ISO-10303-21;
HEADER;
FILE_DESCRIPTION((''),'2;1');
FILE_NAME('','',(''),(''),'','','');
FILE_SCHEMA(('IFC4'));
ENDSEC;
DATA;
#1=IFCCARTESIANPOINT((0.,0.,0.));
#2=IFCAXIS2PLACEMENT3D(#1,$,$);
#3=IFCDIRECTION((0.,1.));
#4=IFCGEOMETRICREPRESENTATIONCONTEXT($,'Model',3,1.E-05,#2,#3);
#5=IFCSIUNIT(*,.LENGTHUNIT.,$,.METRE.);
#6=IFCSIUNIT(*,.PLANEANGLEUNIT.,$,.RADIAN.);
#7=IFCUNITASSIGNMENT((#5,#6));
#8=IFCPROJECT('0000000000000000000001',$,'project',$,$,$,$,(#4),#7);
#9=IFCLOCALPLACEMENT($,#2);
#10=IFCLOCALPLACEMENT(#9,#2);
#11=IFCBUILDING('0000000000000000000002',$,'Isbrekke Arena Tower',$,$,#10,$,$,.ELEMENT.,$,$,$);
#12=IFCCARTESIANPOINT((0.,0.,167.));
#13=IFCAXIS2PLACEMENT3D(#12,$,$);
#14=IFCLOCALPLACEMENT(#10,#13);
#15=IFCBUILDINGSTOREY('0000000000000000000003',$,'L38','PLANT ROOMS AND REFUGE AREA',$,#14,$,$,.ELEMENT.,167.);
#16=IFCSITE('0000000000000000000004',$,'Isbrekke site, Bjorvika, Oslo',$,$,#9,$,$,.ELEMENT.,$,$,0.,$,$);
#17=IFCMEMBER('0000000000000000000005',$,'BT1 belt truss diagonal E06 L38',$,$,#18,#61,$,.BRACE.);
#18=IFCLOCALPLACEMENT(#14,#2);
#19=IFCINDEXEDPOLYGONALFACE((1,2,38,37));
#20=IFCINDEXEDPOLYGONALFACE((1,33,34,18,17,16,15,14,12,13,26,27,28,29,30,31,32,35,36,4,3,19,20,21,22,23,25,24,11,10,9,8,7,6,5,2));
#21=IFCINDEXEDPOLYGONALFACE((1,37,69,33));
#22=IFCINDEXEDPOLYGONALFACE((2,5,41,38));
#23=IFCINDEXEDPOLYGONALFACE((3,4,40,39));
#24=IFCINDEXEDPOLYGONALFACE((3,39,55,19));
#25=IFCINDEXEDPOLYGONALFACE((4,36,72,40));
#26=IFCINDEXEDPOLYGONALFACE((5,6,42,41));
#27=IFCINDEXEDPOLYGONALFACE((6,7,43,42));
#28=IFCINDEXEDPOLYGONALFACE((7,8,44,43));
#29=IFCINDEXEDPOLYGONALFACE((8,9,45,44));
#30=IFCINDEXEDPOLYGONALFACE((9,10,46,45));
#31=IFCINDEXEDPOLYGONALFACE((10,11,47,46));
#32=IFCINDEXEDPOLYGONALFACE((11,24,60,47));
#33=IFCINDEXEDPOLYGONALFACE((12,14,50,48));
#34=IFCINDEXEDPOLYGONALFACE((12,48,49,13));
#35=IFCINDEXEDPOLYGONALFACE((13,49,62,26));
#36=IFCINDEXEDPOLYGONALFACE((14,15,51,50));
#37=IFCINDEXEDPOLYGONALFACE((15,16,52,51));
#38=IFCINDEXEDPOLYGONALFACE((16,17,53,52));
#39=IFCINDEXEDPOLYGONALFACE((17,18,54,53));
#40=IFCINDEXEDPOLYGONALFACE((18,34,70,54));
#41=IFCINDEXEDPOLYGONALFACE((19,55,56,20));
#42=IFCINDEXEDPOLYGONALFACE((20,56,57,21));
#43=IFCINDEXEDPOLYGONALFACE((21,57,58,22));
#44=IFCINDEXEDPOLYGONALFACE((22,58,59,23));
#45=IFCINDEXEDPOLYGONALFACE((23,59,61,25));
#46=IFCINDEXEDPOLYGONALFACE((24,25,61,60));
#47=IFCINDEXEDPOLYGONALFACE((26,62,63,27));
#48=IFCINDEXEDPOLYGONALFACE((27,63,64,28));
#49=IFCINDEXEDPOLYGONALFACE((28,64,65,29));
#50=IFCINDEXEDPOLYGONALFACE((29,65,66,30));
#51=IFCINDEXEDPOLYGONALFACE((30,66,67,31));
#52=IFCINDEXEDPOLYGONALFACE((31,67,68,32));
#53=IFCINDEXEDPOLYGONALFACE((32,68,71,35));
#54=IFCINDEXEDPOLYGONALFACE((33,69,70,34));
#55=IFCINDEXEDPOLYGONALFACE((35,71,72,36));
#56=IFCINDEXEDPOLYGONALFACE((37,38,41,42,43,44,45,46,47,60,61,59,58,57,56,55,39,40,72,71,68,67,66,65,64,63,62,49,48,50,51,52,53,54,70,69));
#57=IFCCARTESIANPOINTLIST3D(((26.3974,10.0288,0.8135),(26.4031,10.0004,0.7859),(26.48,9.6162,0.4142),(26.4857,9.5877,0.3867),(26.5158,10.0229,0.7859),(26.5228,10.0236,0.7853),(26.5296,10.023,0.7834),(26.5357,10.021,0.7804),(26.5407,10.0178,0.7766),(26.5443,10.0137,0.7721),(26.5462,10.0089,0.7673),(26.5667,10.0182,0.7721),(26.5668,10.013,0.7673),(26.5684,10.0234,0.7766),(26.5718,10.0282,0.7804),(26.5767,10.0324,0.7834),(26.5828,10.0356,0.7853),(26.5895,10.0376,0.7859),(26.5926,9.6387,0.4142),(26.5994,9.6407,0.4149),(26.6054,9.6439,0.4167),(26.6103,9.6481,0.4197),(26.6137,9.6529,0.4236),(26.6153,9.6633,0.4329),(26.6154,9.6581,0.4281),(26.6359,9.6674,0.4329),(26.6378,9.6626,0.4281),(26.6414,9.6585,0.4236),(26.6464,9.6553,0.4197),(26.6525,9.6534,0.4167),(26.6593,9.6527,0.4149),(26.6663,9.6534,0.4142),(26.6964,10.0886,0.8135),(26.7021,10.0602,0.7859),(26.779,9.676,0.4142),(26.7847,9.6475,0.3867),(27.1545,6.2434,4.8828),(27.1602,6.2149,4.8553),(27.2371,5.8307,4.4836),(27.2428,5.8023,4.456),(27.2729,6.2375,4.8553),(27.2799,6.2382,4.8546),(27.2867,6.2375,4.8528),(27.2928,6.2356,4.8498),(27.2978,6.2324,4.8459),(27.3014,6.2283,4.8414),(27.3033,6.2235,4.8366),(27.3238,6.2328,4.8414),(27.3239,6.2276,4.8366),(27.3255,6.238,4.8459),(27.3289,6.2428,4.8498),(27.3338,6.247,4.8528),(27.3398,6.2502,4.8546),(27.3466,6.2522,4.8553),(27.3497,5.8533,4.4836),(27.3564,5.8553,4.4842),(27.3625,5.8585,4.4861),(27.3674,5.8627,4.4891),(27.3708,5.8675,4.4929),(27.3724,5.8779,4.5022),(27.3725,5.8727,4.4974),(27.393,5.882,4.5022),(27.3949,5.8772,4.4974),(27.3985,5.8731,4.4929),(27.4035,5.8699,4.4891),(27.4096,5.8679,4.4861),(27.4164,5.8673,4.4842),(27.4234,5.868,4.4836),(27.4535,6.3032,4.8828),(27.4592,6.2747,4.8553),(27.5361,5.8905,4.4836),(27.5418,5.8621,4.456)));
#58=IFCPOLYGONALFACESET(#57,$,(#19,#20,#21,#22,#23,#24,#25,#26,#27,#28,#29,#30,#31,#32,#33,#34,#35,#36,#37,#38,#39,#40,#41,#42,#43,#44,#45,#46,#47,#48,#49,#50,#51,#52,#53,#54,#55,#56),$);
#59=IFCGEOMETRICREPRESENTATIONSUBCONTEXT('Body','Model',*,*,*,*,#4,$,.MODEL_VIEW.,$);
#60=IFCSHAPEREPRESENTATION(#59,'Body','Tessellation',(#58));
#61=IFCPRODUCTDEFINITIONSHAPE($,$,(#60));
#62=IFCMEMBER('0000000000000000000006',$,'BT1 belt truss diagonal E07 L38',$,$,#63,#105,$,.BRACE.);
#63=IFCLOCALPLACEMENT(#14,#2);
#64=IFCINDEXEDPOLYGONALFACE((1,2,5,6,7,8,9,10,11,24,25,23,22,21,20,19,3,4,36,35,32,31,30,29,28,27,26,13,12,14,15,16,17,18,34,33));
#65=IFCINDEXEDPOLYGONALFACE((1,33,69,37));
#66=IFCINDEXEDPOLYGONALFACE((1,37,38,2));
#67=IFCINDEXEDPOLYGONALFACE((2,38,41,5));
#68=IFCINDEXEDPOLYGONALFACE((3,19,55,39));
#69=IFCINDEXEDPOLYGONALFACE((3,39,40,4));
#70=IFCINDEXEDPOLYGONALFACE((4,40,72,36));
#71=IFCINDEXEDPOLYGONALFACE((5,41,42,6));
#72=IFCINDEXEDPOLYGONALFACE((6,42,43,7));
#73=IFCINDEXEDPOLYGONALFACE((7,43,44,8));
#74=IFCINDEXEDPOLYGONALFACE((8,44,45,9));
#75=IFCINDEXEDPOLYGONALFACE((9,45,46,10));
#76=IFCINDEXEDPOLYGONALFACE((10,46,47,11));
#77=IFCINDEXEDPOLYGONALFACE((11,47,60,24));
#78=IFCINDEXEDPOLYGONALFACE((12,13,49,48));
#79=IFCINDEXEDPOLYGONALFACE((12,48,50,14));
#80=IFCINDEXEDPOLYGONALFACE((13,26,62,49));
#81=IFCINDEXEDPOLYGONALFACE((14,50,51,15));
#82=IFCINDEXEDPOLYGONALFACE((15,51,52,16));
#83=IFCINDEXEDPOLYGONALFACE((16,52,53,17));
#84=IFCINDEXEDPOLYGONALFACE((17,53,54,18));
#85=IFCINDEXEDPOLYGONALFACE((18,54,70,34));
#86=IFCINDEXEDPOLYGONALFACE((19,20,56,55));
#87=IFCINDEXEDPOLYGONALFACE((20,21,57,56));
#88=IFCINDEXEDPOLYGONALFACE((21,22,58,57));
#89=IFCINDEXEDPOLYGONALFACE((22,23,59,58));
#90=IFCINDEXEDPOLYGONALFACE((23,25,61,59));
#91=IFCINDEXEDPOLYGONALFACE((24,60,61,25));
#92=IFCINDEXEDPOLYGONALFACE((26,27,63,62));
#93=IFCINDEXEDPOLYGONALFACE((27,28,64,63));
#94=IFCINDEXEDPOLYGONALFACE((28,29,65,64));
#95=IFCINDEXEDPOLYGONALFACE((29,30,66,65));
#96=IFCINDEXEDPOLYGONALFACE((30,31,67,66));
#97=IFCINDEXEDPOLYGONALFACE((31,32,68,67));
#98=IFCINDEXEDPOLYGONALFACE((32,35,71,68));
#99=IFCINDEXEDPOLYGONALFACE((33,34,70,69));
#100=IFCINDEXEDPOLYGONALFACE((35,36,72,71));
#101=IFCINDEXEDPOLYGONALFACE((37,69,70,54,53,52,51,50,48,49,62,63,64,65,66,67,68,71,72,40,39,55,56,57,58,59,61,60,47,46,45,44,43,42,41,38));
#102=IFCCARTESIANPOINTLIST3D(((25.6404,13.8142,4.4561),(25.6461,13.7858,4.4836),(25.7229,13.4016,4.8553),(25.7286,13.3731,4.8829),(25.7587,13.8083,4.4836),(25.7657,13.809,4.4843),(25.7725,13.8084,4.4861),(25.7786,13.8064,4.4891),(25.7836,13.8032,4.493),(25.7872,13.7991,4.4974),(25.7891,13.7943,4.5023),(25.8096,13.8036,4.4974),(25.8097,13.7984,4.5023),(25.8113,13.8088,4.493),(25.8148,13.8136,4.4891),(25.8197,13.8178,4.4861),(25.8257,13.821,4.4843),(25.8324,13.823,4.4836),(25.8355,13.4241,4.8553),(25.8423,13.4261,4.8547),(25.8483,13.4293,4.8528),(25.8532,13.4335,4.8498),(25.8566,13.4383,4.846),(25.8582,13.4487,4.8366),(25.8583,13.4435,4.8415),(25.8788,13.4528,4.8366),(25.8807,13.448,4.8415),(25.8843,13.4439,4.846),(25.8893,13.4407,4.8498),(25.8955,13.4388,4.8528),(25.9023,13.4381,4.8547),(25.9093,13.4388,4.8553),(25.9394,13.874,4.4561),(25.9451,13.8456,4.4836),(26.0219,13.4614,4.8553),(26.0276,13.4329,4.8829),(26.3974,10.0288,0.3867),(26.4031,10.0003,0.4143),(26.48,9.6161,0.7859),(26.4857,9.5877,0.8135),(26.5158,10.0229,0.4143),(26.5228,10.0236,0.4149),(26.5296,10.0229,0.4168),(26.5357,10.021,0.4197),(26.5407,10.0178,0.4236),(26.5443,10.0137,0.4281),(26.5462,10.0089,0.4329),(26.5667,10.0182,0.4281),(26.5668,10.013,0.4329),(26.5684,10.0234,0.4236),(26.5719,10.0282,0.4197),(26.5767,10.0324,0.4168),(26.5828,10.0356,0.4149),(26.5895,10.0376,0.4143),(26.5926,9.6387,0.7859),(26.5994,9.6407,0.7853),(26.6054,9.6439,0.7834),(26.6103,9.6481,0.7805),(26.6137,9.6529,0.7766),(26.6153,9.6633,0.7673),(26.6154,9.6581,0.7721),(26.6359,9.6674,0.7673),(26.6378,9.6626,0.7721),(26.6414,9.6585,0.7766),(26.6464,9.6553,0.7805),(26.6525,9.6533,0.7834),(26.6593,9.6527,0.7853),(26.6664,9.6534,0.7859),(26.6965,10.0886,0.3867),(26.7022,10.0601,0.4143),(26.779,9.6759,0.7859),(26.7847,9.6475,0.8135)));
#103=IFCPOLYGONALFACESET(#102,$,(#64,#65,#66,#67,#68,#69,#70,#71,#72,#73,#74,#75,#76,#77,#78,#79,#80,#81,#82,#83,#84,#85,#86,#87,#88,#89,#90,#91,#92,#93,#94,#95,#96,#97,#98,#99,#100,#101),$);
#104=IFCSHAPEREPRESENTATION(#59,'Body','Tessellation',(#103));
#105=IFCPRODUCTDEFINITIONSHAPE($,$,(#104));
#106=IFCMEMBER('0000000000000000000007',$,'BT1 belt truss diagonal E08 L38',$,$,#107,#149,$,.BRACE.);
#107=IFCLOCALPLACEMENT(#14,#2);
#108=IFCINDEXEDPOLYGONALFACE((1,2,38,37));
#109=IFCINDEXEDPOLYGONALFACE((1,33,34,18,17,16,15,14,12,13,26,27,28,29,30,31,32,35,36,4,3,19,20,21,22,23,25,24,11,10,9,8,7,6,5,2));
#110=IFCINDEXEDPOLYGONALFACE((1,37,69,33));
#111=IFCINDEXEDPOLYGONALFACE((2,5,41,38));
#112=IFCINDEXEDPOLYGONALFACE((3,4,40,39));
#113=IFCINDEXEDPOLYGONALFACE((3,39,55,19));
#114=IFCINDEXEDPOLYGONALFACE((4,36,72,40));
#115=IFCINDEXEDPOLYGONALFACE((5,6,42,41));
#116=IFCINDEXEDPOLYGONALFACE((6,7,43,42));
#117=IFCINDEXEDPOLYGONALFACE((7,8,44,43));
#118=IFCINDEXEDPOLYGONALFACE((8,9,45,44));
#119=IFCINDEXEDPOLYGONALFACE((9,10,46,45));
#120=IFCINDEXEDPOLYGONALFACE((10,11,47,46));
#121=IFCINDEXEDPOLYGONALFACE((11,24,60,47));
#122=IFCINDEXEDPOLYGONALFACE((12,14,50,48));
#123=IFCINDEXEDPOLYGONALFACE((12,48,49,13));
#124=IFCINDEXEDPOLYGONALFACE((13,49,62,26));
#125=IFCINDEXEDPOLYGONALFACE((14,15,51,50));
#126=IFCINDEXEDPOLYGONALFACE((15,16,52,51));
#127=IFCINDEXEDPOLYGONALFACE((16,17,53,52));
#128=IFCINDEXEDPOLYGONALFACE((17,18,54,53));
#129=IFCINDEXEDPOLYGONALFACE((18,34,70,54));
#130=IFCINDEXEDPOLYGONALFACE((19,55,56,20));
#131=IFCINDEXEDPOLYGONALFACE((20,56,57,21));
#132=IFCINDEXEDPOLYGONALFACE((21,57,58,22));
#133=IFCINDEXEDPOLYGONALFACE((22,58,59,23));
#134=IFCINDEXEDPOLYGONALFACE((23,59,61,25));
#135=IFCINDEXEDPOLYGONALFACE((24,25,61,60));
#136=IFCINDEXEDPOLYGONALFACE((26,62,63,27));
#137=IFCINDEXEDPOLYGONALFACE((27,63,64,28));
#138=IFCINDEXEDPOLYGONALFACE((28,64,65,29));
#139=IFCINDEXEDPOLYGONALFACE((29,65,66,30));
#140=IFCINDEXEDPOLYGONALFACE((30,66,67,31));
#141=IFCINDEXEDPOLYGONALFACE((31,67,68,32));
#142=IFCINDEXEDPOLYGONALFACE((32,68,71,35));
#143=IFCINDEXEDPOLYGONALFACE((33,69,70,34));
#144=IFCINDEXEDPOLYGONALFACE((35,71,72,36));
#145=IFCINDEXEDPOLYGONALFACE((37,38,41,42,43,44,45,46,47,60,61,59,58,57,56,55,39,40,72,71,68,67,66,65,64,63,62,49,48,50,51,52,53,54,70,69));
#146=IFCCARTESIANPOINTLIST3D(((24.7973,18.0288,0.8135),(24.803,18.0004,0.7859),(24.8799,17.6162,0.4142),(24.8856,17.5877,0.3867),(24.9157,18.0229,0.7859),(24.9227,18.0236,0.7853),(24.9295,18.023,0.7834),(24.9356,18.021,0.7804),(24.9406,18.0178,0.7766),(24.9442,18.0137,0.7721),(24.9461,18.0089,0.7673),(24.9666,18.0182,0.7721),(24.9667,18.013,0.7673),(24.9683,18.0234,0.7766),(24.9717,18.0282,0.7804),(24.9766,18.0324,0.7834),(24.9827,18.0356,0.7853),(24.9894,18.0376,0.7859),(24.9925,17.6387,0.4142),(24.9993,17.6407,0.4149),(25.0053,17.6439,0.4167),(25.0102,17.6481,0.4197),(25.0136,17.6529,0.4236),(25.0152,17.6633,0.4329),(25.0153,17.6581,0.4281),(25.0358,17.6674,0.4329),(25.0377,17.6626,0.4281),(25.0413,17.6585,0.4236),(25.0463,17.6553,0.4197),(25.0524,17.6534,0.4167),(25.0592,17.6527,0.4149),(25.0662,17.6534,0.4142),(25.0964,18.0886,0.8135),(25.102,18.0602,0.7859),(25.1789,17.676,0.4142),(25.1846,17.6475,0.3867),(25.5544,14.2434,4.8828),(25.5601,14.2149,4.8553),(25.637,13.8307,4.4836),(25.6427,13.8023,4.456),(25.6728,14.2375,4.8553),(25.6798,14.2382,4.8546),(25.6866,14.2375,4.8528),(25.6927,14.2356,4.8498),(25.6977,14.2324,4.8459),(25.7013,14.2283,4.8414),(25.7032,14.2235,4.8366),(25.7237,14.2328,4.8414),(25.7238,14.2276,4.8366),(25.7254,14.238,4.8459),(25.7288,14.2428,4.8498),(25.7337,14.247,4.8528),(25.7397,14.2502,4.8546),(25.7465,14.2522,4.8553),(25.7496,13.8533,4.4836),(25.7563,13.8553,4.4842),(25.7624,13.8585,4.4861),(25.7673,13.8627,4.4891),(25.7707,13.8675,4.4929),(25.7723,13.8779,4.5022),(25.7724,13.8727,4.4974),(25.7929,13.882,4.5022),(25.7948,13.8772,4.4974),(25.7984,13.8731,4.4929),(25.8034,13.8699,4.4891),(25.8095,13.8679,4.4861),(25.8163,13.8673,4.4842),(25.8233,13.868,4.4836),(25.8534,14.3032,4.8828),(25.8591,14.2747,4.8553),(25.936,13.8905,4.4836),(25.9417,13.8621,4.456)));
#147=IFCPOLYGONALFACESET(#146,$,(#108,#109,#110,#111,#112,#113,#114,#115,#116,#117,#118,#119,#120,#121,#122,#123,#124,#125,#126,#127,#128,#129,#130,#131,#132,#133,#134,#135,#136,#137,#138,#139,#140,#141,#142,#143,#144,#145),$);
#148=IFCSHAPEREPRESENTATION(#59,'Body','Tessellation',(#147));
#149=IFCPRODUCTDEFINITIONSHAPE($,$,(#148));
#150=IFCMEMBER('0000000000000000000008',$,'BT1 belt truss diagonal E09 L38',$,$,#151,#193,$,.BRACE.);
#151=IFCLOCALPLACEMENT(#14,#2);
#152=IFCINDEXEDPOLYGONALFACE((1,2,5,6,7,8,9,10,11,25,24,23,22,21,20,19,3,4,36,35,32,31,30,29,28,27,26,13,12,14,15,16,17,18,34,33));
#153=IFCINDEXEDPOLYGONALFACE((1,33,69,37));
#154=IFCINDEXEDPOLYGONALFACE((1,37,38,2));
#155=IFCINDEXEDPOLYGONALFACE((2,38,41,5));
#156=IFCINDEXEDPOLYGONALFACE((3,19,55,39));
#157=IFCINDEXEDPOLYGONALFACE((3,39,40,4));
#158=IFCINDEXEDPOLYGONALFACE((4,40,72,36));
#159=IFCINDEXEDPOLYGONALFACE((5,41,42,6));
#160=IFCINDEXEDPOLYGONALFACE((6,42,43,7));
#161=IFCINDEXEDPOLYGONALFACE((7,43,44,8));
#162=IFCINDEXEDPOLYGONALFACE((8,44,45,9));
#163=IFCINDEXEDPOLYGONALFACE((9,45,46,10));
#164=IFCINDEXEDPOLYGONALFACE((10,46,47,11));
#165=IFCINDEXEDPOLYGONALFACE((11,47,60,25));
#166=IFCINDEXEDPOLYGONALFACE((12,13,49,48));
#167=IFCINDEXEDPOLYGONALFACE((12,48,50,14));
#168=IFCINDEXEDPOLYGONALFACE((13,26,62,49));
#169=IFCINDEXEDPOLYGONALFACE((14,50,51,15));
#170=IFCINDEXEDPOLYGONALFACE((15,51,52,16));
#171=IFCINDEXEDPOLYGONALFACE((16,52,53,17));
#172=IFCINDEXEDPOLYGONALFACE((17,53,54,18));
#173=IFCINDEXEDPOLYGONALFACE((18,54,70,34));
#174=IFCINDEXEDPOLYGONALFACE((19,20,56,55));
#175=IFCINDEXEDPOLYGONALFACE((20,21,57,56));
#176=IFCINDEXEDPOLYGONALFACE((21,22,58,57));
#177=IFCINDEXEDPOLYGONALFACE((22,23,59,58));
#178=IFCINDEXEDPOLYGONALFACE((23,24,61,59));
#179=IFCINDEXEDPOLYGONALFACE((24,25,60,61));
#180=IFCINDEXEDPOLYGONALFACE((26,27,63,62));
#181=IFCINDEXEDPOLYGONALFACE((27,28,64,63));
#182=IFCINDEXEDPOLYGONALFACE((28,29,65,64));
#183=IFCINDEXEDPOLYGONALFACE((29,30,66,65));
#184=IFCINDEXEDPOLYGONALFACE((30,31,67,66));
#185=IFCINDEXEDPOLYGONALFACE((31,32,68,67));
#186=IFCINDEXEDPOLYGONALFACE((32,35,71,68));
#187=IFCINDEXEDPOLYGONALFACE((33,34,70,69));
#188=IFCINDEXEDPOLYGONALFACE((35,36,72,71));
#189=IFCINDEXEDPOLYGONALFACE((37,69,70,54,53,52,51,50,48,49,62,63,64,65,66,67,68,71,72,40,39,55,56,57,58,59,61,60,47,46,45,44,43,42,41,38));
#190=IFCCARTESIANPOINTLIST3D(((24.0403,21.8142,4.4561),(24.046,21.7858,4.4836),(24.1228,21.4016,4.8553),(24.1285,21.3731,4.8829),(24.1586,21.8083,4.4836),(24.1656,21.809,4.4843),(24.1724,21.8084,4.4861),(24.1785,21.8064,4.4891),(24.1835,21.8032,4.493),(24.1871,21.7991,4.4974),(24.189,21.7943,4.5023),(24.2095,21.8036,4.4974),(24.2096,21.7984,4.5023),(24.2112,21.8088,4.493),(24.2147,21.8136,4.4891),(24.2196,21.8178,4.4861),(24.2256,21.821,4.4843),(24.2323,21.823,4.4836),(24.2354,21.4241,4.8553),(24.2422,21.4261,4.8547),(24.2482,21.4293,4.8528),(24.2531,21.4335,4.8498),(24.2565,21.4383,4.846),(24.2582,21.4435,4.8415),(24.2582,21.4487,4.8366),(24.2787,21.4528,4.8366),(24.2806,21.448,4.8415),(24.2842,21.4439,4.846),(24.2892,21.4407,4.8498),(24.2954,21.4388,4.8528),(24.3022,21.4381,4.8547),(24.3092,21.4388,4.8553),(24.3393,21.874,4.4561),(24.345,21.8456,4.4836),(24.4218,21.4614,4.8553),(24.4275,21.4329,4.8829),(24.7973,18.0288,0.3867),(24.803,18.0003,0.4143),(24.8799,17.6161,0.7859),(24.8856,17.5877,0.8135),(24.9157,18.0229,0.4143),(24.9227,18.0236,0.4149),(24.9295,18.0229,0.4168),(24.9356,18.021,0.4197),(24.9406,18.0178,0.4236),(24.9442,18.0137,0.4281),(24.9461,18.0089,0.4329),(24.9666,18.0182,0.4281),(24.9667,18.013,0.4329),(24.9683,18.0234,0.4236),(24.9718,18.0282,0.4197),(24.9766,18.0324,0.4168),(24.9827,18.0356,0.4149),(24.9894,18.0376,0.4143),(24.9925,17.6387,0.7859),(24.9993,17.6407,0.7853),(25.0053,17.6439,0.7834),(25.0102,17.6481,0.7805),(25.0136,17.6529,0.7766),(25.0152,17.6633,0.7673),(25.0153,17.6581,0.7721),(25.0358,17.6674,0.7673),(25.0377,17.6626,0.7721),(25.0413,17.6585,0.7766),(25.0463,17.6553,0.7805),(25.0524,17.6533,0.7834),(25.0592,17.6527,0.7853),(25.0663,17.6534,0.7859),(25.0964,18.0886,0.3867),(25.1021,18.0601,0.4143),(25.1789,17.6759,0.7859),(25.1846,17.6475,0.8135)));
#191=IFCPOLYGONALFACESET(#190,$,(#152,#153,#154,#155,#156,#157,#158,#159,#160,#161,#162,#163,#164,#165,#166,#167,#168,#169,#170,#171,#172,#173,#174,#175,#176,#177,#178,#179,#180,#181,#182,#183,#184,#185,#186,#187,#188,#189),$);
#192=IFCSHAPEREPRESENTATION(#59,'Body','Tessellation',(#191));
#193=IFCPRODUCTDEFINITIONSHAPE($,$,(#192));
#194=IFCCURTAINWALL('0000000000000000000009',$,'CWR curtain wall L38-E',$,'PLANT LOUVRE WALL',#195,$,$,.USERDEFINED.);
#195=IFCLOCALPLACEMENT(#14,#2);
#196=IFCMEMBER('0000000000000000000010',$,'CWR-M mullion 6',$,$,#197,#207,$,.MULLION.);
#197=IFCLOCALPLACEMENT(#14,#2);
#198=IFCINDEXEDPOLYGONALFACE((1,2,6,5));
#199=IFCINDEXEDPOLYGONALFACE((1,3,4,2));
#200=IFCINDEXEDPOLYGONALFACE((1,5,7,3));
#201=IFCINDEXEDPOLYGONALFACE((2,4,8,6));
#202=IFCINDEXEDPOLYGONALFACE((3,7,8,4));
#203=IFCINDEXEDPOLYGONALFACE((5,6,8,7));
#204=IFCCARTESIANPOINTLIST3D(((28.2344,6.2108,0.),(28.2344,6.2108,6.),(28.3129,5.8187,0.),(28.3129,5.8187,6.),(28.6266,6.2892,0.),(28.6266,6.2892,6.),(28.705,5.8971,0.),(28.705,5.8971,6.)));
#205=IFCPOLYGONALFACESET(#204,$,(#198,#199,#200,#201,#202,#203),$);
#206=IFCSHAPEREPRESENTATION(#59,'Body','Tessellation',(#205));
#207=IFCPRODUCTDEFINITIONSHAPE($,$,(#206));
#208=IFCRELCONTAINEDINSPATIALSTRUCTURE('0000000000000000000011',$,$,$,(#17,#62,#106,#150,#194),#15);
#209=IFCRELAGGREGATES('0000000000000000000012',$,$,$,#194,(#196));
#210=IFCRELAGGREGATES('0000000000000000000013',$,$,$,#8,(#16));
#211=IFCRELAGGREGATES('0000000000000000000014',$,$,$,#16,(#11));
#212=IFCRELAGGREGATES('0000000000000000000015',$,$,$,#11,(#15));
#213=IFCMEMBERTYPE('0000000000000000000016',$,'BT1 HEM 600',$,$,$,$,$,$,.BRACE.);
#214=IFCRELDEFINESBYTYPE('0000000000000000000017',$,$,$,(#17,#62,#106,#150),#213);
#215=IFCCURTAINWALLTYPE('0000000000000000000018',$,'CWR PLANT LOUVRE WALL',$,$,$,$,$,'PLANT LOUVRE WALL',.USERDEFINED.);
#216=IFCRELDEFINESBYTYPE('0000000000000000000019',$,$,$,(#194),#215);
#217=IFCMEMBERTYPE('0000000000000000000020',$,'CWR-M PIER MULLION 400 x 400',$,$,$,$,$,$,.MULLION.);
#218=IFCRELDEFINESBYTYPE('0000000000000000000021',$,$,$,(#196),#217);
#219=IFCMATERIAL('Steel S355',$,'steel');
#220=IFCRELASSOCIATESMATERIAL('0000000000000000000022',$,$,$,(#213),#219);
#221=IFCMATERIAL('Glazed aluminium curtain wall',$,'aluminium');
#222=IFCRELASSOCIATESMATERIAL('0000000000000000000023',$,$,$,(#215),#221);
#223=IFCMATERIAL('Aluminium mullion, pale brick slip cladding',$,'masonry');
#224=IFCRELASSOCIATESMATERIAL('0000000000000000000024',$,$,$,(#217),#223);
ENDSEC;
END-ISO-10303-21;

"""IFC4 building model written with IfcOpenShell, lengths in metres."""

from ifc_helpers import new_model, si_unit, direction, frame, origin, origin_2d, place, context, subcontext, project, spatial, rectangle, i_section, extrude, material, material_profile, profile_set, type_object, element, aggregate, save


model = new_model("IFC4")

# Units and contexts
model_context = context("Model", 3, precision=1e-05, world=origin(), true_north=direction((0.0, 1.0)))
body_context = subcontext(model_context, "Body", "Model", "MODEL_VIEW")
ifc_project = project(units=[si_unit("LENGTHUNIT", "METRE"), si_unit("PLANEANGLEUNIT", "RADIAN")], contexts=[model_context])

# Site, building, storey
site_placement = place(None, origin())
site = spatial("IfcSite", under=ifc_project, at=site_placement, Name="Isbrekke site, Bjorvika, Oslo", CompositionType="ELEMENT", RefElevation=0.0)
building_placement = place(site_placement, origin())
building = spatial("IfcBuilding", under=site, at=building_placement, Name="Isbrekke Arena Tower", CompositionType="ELEMENT")
storey_placement = place(building_placement, frame((0.0, 0.0, 167.0)))
storey = spatial("IfcBuildingStorey", under=building, at=storey_placement, Name="L38", Description="PLANT ROOMS AND REFUGE AREA", CompositionType="ELEMENT", Elevation=167.0)

# Members
ifc_material_1 = material(Name="Steel S355", Category="steel")
ifc_material_profile_1 = material_profile(ifc_material_1, i_section(OverallWidth=0.3049, OverallDepth=0.6201, WebThickness=0.021, FlangeThickness=0.04, FilletRadius=0.0271, at=origin_2d()), Name="HEM 600")
ifc_profile_set_1 = profile_set([ifc_material_profile_1], Name="Steel S355")
member_type_1 = type_object("IfcMemberType", Name="BT1 HEM 600", PredefinedType="BRACE", material=ifc_profile_set_1)
for number, where, z_axis, x_axis, name in (
    (1, (27.3481, 6.0527, 4.6694), (-0.134974, 0.674869, -0.725489), (-0.980581, -0.196116, 0.0), "BT1 belt truss diagonal E06 L38"),
    (2, (26.5911, 9.8381, 0.6001), (-0.134974, 0.674869, 0.725489), (-0.980581, -0.196116, 0.0), "BT1 belt truss diagonal E07 L38"),
    (3, (25.748, 14.0527, 4.6694), (-0.134974, 0.674869, -0.725489), (-0.980581, -0.196116, 0.0), "BT1 belt truss diagonal E08 L38"),
    (4, (24.991, 17.8381, 0.6001), (-0.134974, 0.674869, 0.725489), (-0.980581, -0.196116, 0.0), "BT1 belt truss diagonal E09 L38"),
):
    element("IfcMember", number, at=place(storey_placement, frame(where, z_axis=z_axis, x_axis=x_axis)), inside=storey, type_object=member_type_1, Name=name, PredefinedType="BRACE", context=body_context, shape_type="SweptSolid", body=[
        extrude(i_section(OverallWidth=0.3049, OverallDepth=0.6201, WebThickness=0.021, FlangeThickness=0.04, FilletRadius=0.0271, at=origin_2d()), origin(), (0.0, 0.0, 1.0), 5.6091),
    ])

# Curtain wall, member
ifc_material_2 = material(Name="Glazed aluminium curtain wall", Category="aluminium")
curtain_wall_type = type_object("IfcCurtainWallType", Name="CWR PLANT LOUVRE WALL", ElementType="PLANT LOUVRE WALL", PredefinedType="USERDEFINED", material=ifc_material_2)
curtain_wall_placement = place(storey_placement, origin())
curtain_wall = element("IfcCurtainWall", 5, at=curtain_wall_placement, inside=storey, type_object=curtain_wall_type, Name="CWR curtain wall L38-E", ObjectType="PLANT LOUVRE WALL", PredefinedType="USERDEFINED")
ifc_material_3 = material(Name="Aluminium mullion, pale brick slip cladding", Category="masonry")
ifc_material_profile_2 = material_profile(ifc_material_3, rectangle(XDim=0.3999, YDim=0.3999, at=origin_2d()), Name="PIER 400X400")
ifc_profile_set_2 = profile_set([ifc_material_profile_2], Name="Aluminium mullion, pale brick slip cladding")
member_type_2 = type_object("IfcMemberType", Name="CWR-M PIER MULLION 400 x 400", PredefinedType="MULLION", material=ifc_profile_set_2)
member_1_placement = place(storey_placement, frame((28.4697, 6.054, 0.0), z_axis=(0.0, 0.0, 1.0), x_axis=(-0.196116, 0.980581, 0.0)))
member_1 = element("IfcMember", 6, at=member_1_placement, type_object=member_type_2, Name="CWR-M mullion 6", PredefinedType="MULLION", context=body_context, shape_type="SweptSolid", body=[
    extrude(rectangle(XDim=0.3999, YDim=0.3999, at=origin_2d()), origin(), (0.0, 0.0, 1.0), 6.0),
])

aggregate(curtain_wall, [member_1])

save(model, "model.ifc")
